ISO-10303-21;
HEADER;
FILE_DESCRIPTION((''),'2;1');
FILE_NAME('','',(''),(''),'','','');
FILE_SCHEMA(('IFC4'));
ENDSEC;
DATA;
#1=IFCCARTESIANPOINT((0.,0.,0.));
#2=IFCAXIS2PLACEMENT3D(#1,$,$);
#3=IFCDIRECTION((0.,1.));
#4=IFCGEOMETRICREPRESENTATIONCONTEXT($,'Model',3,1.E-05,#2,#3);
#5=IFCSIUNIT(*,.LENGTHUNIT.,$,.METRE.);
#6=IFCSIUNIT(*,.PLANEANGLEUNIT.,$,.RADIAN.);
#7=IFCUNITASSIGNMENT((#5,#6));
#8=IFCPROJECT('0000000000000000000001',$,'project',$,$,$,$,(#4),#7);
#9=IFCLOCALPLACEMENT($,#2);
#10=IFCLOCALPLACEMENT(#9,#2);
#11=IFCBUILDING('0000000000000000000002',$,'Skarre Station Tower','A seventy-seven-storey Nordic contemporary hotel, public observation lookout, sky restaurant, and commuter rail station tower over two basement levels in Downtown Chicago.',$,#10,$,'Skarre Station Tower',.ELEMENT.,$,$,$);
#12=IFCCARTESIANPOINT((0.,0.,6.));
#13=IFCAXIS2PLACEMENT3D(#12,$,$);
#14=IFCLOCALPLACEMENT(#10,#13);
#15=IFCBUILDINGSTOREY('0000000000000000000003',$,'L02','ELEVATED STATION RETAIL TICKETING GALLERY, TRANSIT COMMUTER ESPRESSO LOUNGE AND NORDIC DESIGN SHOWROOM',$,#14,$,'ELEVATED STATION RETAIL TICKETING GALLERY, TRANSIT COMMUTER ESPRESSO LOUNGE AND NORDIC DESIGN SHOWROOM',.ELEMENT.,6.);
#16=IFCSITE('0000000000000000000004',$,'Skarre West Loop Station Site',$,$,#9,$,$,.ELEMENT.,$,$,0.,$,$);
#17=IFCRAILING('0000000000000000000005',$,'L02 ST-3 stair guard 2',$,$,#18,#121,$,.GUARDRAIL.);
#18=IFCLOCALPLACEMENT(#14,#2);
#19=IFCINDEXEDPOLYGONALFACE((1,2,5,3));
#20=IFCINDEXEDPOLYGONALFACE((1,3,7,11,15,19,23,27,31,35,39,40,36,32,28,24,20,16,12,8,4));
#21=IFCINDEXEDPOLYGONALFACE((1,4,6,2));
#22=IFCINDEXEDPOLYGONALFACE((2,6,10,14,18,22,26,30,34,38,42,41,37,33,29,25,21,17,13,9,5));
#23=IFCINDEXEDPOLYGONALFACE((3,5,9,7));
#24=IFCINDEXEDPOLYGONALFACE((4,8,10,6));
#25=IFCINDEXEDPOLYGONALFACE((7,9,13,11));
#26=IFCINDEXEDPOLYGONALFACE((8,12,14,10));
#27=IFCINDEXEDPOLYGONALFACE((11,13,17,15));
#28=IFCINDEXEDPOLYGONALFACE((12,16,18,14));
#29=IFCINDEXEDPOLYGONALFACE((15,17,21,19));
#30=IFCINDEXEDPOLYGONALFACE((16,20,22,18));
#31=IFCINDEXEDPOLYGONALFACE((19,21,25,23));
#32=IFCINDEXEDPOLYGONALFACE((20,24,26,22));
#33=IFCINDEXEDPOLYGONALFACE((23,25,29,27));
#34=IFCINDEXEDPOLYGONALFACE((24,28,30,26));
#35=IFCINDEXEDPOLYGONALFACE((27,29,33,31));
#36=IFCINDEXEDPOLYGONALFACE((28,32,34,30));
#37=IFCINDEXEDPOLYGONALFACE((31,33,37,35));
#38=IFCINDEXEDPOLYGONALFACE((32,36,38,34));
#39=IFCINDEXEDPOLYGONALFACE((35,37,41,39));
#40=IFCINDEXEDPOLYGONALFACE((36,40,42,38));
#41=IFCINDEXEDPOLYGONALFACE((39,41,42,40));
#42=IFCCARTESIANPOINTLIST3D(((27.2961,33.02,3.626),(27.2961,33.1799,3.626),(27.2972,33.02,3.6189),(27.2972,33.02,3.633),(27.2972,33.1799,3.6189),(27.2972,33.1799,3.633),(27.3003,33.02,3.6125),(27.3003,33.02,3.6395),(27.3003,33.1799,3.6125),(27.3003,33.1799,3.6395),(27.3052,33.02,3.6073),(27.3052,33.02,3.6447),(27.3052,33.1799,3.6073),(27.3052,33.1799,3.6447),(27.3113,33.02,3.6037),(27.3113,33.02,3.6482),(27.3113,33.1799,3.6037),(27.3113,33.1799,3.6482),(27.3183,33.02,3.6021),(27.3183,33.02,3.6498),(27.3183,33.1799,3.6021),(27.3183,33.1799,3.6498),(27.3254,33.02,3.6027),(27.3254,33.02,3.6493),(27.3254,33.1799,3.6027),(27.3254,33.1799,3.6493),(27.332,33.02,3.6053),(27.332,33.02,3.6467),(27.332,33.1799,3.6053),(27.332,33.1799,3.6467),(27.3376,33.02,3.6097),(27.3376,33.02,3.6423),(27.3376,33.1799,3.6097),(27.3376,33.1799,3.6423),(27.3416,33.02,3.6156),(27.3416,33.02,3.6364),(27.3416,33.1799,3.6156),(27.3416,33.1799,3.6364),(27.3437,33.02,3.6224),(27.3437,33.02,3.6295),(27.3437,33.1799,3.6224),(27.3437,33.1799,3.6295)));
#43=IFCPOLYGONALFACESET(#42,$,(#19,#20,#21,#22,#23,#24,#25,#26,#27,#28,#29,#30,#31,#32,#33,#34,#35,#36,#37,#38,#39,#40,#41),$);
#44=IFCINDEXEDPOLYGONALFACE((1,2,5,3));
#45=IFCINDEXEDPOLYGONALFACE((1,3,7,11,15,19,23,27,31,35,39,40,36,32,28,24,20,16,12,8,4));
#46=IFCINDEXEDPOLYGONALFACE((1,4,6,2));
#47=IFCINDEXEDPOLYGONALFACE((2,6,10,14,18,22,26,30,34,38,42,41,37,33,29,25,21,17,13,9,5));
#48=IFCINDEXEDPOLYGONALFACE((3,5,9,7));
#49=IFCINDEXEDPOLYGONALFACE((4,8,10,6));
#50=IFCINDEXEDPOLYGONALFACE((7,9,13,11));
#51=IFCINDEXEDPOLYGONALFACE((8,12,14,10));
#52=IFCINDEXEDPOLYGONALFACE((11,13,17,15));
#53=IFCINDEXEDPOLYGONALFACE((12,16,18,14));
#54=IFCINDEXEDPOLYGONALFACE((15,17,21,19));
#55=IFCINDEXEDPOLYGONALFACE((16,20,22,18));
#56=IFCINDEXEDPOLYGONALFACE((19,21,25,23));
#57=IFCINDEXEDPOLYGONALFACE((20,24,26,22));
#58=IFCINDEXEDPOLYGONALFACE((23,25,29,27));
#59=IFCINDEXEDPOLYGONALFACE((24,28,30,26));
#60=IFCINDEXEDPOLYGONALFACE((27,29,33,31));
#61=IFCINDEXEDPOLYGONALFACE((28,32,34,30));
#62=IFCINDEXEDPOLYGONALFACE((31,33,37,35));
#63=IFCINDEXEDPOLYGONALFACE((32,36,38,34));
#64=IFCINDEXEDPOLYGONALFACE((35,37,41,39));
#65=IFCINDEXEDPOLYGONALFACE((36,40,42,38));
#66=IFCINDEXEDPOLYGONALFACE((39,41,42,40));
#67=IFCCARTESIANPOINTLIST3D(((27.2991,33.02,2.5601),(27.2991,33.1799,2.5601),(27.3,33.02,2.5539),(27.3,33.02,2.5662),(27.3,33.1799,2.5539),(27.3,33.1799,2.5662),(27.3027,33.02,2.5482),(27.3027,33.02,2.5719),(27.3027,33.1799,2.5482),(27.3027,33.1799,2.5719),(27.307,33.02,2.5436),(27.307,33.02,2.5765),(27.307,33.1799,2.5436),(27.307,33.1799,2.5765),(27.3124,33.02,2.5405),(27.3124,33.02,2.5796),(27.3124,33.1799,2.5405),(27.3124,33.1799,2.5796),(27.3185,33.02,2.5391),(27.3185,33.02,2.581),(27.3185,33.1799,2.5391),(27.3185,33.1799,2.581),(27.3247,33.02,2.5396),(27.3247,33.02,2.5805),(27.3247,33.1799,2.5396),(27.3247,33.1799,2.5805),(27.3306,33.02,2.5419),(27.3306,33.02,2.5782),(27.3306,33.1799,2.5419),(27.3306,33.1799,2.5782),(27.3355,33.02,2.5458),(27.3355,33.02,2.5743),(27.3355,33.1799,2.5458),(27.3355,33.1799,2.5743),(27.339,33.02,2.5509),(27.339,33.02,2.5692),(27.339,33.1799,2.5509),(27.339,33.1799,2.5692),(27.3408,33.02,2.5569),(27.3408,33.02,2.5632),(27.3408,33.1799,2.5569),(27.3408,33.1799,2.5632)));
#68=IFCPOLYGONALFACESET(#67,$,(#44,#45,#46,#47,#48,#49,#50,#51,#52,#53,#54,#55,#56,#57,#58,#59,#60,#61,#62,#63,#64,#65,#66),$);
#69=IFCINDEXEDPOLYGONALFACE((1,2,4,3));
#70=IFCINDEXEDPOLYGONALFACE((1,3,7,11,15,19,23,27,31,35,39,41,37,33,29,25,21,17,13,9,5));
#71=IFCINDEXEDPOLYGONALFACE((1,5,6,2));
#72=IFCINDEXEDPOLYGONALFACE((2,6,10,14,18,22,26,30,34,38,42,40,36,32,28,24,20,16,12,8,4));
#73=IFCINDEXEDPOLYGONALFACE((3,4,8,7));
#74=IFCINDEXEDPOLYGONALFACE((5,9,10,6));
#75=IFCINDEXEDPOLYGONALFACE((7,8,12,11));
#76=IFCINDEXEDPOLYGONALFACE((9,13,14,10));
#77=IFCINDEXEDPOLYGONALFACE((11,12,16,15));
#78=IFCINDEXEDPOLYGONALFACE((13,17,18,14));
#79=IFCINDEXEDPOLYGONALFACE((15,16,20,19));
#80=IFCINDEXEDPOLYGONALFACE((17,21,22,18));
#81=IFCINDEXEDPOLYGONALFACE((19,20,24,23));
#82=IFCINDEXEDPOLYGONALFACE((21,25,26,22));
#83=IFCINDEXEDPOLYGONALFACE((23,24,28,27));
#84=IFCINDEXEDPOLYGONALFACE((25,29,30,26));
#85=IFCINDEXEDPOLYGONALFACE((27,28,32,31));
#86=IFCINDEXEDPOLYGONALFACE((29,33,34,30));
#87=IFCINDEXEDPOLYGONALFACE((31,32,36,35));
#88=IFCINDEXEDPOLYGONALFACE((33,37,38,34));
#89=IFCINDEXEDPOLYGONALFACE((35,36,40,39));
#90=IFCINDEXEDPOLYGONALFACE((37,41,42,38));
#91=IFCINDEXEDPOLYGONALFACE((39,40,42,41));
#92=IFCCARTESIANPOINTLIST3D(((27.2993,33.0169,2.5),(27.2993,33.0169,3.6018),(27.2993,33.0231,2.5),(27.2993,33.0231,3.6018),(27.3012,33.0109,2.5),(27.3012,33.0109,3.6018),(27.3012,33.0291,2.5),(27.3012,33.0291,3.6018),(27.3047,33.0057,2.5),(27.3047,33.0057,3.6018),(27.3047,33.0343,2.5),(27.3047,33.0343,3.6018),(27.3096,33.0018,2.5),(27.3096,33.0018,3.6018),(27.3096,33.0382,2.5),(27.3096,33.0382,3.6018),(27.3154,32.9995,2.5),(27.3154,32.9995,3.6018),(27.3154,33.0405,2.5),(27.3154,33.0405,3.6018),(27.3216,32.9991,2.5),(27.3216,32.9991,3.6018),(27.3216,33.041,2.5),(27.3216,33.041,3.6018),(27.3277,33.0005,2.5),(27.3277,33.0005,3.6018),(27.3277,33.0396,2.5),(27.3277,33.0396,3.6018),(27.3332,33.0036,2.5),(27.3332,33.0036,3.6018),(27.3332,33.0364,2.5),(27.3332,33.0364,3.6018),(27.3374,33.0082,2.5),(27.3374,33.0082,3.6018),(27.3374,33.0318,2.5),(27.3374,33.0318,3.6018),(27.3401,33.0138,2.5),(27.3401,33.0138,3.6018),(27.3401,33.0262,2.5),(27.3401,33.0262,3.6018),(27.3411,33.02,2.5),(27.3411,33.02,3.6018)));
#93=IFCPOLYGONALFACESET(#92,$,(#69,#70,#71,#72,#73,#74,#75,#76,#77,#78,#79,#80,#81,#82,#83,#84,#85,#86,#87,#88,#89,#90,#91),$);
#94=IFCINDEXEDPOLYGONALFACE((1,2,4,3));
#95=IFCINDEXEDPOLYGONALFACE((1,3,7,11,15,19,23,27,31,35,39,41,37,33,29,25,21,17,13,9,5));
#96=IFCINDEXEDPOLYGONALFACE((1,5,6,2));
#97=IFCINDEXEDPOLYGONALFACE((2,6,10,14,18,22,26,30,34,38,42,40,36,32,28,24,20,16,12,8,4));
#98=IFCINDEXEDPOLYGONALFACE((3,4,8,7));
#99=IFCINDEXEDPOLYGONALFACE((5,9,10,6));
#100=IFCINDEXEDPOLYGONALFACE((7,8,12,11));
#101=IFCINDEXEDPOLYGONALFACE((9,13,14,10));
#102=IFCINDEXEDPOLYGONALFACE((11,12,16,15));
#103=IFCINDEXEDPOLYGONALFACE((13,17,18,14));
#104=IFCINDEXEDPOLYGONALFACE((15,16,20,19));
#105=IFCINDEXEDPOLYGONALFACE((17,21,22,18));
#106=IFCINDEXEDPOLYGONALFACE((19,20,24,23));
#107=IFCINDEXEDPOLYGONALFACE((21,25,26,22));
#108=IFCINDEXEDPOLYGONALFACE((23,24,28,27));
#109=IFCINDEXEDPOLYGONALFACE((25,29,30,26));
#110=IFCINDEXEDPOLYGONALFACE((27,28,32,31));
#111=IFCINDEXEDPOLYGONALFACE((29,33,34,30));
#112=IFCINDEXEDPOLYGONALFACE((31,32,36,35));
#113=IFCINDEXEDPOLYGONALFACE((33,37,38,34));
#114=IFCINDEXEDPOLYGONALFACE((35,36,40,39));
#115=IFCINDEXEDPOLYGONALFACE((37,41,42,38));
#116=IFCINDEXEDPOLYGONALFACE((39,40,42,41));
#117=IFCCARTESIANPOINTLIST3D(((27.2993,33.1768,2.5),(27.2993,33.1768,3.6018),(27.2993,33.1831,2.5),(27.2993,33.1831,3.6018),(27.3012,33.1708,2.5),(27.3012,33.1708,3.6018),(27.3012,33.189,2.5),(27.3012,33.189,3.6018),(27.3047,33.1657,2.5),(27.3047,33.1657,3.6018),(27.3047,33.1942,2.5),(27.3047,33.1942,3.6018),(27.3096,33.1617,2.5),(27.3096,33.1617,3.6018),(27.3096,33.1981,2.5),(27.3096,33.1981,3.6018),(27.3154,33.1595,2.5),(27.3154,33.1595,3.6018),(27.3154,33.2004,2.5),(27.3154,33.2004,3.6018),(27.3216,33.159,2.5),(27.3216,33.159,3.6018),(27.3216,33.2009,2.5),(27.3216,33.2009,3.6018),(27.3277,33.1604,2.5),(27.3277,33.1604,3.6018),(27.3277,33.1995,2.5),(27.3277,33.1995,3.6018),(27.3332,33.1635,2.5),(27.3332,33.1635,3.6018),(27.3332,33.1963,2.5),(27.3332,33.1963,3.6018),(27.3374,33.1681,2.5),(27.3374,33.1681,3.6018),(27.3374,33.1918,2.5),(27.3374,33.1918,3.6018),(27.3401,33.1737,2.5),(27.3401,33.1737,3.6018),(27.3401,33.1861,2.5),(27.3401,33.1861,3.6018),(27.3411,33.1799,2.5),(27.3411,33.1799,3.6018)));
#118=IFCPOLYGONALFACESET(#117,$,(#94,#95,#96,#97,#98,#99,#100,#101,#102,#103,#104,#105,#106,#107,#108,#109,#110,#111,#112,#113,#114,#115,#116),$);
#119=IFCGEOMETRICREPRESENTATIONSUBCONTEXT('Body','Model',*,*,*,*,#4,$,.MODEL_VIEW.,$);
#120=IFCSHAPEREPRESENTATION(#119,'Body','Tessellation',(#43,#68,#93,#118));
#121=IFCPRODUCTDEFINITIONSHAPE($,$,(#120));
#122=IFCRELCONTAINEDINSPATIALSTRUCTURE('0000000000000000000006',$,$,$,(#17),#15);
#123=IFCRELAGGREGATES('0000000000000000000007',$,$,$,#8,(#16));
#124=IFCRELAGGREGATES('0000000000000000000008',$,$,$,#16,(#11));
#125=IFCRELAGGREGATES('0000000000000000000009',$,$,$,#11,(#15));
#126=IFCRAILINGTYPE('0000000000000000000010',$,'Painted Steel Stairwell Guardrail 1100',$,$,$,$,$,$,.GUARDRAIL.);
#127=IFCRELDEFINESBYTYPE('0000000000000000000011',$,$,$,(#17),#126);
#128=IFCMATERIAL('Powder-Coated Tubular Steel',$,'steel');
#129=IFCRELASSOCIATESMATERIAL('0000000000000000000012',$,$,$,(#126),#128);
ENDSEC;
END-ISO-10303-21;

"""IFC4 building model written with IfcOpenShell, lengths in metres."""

from ifc_helpers import new_model, si_unit, direction, frame, origin, origin_2d, place, context, subcontext, project, spatial, circle, extrude, material, type_object, element, save


model = new_model("IFC4")

# Units and contexts
model_context = context("Model", 3, precision=1e-05, world=origin(), true_north=direction((0.0, 1.0)))
body_context = subcontext(model_context, "Body", "Model", "MODEL_VIEW")
ifc_project = project(units=[si_unit("LENGTHUNIT", "METRE"), si_unit("PLANEANGLEUNIT", "RADIAN")], contexts=[model_context])

# Site, building, storey
site_placement = place(None, origin())
site = spatial("IfcSite", under=ifc_project, at=site_placement, Name="Skarre West Loop Station Site", CompositionType="ELEMENT", RefElevation=0.0)
building_placement = place(site_placement, origin())
building = spatial("IfcBuilding", under=site, at=building_placement, Name="Skarre Station Tower", Description="A seventy-seven-storey Nordic contemporary hotel, public observation lookout, sky restaurant, and commuter rail station tower over two basement levels in Downtown Chicago.", LongName="Skarre Station Tower", CompositionType="ELEMENT")
storey_placement = place(building_placement, frame((0.0, 0.0, 6.0)))
storey = spatial("IfcBuildingStorey", under=building, at=storey_placement, Name="L02", Description="ELEVATED STATION RETAIL TICKETING GALLERY, TRANSIT COMMUTER ESPRESSO LOUNGE AND NORDIC DESIGN SHOWROOM", LongName="ELEVATED STATION RETAIL TICKETING GALLERY, TRANSIT COMMUTER ESPRESSO LOUNGE AND NORDIC DESIGN SHOWROOM", CompositionType="ELEMENT", Elevation=6.0)

# Railing
ifc_material_1 = material(Name="Powder-Coated Tubular Steel", Category="steel")
railing_type_1 = type_object("IfcRailingType", Name="Painted Steel Stairwell Guardrail 1100", PredefinedType="GUARDRAIL", material=ifc_material_1)
railing_1_placement = place(storey_placement, frame((27.3201, 33.02, 2.5)))
element("IfcRailing", 1, at=railing_1_placement, inside=storey, type_object=railing_type_1, Name="L02 ST-3 stair guard 2", PredefinedType="GUARDRAIL", context=body_context, shape_type="SweptSolid", body=[
    extrude(circle(Radius=0.0239, at=origin_2d()), frame((0.0, 0.0, 1.126), z_axis=(0.0, 1.0, 0.0), x_axis=(-1.0, 0.0, 0.0)), (0.0, 0.0, 1.0), 0.1599),
    extrude(circle(Radius=0.021, at=origin_2d()), frame((0.0, 0.0, 0.0601), z_axis=(0.0, 1.0, 0.0), x_axis=(-1.0, 0.0, 0.0)), (0.0, 0.0, 1.0), 0.1599),
    extrude(circle(Radius=0.021, at=origin_2d()), origin(), (0.0, 0.0, 1.0), 1.1018),
    extrude(circle(Radius=0.021, at=origin_2d()), frame((0.0, 0.1599, 0.0)), (0.0, 0.0, 1.0), 1.1018),
])

save(model, "model.ifc")
